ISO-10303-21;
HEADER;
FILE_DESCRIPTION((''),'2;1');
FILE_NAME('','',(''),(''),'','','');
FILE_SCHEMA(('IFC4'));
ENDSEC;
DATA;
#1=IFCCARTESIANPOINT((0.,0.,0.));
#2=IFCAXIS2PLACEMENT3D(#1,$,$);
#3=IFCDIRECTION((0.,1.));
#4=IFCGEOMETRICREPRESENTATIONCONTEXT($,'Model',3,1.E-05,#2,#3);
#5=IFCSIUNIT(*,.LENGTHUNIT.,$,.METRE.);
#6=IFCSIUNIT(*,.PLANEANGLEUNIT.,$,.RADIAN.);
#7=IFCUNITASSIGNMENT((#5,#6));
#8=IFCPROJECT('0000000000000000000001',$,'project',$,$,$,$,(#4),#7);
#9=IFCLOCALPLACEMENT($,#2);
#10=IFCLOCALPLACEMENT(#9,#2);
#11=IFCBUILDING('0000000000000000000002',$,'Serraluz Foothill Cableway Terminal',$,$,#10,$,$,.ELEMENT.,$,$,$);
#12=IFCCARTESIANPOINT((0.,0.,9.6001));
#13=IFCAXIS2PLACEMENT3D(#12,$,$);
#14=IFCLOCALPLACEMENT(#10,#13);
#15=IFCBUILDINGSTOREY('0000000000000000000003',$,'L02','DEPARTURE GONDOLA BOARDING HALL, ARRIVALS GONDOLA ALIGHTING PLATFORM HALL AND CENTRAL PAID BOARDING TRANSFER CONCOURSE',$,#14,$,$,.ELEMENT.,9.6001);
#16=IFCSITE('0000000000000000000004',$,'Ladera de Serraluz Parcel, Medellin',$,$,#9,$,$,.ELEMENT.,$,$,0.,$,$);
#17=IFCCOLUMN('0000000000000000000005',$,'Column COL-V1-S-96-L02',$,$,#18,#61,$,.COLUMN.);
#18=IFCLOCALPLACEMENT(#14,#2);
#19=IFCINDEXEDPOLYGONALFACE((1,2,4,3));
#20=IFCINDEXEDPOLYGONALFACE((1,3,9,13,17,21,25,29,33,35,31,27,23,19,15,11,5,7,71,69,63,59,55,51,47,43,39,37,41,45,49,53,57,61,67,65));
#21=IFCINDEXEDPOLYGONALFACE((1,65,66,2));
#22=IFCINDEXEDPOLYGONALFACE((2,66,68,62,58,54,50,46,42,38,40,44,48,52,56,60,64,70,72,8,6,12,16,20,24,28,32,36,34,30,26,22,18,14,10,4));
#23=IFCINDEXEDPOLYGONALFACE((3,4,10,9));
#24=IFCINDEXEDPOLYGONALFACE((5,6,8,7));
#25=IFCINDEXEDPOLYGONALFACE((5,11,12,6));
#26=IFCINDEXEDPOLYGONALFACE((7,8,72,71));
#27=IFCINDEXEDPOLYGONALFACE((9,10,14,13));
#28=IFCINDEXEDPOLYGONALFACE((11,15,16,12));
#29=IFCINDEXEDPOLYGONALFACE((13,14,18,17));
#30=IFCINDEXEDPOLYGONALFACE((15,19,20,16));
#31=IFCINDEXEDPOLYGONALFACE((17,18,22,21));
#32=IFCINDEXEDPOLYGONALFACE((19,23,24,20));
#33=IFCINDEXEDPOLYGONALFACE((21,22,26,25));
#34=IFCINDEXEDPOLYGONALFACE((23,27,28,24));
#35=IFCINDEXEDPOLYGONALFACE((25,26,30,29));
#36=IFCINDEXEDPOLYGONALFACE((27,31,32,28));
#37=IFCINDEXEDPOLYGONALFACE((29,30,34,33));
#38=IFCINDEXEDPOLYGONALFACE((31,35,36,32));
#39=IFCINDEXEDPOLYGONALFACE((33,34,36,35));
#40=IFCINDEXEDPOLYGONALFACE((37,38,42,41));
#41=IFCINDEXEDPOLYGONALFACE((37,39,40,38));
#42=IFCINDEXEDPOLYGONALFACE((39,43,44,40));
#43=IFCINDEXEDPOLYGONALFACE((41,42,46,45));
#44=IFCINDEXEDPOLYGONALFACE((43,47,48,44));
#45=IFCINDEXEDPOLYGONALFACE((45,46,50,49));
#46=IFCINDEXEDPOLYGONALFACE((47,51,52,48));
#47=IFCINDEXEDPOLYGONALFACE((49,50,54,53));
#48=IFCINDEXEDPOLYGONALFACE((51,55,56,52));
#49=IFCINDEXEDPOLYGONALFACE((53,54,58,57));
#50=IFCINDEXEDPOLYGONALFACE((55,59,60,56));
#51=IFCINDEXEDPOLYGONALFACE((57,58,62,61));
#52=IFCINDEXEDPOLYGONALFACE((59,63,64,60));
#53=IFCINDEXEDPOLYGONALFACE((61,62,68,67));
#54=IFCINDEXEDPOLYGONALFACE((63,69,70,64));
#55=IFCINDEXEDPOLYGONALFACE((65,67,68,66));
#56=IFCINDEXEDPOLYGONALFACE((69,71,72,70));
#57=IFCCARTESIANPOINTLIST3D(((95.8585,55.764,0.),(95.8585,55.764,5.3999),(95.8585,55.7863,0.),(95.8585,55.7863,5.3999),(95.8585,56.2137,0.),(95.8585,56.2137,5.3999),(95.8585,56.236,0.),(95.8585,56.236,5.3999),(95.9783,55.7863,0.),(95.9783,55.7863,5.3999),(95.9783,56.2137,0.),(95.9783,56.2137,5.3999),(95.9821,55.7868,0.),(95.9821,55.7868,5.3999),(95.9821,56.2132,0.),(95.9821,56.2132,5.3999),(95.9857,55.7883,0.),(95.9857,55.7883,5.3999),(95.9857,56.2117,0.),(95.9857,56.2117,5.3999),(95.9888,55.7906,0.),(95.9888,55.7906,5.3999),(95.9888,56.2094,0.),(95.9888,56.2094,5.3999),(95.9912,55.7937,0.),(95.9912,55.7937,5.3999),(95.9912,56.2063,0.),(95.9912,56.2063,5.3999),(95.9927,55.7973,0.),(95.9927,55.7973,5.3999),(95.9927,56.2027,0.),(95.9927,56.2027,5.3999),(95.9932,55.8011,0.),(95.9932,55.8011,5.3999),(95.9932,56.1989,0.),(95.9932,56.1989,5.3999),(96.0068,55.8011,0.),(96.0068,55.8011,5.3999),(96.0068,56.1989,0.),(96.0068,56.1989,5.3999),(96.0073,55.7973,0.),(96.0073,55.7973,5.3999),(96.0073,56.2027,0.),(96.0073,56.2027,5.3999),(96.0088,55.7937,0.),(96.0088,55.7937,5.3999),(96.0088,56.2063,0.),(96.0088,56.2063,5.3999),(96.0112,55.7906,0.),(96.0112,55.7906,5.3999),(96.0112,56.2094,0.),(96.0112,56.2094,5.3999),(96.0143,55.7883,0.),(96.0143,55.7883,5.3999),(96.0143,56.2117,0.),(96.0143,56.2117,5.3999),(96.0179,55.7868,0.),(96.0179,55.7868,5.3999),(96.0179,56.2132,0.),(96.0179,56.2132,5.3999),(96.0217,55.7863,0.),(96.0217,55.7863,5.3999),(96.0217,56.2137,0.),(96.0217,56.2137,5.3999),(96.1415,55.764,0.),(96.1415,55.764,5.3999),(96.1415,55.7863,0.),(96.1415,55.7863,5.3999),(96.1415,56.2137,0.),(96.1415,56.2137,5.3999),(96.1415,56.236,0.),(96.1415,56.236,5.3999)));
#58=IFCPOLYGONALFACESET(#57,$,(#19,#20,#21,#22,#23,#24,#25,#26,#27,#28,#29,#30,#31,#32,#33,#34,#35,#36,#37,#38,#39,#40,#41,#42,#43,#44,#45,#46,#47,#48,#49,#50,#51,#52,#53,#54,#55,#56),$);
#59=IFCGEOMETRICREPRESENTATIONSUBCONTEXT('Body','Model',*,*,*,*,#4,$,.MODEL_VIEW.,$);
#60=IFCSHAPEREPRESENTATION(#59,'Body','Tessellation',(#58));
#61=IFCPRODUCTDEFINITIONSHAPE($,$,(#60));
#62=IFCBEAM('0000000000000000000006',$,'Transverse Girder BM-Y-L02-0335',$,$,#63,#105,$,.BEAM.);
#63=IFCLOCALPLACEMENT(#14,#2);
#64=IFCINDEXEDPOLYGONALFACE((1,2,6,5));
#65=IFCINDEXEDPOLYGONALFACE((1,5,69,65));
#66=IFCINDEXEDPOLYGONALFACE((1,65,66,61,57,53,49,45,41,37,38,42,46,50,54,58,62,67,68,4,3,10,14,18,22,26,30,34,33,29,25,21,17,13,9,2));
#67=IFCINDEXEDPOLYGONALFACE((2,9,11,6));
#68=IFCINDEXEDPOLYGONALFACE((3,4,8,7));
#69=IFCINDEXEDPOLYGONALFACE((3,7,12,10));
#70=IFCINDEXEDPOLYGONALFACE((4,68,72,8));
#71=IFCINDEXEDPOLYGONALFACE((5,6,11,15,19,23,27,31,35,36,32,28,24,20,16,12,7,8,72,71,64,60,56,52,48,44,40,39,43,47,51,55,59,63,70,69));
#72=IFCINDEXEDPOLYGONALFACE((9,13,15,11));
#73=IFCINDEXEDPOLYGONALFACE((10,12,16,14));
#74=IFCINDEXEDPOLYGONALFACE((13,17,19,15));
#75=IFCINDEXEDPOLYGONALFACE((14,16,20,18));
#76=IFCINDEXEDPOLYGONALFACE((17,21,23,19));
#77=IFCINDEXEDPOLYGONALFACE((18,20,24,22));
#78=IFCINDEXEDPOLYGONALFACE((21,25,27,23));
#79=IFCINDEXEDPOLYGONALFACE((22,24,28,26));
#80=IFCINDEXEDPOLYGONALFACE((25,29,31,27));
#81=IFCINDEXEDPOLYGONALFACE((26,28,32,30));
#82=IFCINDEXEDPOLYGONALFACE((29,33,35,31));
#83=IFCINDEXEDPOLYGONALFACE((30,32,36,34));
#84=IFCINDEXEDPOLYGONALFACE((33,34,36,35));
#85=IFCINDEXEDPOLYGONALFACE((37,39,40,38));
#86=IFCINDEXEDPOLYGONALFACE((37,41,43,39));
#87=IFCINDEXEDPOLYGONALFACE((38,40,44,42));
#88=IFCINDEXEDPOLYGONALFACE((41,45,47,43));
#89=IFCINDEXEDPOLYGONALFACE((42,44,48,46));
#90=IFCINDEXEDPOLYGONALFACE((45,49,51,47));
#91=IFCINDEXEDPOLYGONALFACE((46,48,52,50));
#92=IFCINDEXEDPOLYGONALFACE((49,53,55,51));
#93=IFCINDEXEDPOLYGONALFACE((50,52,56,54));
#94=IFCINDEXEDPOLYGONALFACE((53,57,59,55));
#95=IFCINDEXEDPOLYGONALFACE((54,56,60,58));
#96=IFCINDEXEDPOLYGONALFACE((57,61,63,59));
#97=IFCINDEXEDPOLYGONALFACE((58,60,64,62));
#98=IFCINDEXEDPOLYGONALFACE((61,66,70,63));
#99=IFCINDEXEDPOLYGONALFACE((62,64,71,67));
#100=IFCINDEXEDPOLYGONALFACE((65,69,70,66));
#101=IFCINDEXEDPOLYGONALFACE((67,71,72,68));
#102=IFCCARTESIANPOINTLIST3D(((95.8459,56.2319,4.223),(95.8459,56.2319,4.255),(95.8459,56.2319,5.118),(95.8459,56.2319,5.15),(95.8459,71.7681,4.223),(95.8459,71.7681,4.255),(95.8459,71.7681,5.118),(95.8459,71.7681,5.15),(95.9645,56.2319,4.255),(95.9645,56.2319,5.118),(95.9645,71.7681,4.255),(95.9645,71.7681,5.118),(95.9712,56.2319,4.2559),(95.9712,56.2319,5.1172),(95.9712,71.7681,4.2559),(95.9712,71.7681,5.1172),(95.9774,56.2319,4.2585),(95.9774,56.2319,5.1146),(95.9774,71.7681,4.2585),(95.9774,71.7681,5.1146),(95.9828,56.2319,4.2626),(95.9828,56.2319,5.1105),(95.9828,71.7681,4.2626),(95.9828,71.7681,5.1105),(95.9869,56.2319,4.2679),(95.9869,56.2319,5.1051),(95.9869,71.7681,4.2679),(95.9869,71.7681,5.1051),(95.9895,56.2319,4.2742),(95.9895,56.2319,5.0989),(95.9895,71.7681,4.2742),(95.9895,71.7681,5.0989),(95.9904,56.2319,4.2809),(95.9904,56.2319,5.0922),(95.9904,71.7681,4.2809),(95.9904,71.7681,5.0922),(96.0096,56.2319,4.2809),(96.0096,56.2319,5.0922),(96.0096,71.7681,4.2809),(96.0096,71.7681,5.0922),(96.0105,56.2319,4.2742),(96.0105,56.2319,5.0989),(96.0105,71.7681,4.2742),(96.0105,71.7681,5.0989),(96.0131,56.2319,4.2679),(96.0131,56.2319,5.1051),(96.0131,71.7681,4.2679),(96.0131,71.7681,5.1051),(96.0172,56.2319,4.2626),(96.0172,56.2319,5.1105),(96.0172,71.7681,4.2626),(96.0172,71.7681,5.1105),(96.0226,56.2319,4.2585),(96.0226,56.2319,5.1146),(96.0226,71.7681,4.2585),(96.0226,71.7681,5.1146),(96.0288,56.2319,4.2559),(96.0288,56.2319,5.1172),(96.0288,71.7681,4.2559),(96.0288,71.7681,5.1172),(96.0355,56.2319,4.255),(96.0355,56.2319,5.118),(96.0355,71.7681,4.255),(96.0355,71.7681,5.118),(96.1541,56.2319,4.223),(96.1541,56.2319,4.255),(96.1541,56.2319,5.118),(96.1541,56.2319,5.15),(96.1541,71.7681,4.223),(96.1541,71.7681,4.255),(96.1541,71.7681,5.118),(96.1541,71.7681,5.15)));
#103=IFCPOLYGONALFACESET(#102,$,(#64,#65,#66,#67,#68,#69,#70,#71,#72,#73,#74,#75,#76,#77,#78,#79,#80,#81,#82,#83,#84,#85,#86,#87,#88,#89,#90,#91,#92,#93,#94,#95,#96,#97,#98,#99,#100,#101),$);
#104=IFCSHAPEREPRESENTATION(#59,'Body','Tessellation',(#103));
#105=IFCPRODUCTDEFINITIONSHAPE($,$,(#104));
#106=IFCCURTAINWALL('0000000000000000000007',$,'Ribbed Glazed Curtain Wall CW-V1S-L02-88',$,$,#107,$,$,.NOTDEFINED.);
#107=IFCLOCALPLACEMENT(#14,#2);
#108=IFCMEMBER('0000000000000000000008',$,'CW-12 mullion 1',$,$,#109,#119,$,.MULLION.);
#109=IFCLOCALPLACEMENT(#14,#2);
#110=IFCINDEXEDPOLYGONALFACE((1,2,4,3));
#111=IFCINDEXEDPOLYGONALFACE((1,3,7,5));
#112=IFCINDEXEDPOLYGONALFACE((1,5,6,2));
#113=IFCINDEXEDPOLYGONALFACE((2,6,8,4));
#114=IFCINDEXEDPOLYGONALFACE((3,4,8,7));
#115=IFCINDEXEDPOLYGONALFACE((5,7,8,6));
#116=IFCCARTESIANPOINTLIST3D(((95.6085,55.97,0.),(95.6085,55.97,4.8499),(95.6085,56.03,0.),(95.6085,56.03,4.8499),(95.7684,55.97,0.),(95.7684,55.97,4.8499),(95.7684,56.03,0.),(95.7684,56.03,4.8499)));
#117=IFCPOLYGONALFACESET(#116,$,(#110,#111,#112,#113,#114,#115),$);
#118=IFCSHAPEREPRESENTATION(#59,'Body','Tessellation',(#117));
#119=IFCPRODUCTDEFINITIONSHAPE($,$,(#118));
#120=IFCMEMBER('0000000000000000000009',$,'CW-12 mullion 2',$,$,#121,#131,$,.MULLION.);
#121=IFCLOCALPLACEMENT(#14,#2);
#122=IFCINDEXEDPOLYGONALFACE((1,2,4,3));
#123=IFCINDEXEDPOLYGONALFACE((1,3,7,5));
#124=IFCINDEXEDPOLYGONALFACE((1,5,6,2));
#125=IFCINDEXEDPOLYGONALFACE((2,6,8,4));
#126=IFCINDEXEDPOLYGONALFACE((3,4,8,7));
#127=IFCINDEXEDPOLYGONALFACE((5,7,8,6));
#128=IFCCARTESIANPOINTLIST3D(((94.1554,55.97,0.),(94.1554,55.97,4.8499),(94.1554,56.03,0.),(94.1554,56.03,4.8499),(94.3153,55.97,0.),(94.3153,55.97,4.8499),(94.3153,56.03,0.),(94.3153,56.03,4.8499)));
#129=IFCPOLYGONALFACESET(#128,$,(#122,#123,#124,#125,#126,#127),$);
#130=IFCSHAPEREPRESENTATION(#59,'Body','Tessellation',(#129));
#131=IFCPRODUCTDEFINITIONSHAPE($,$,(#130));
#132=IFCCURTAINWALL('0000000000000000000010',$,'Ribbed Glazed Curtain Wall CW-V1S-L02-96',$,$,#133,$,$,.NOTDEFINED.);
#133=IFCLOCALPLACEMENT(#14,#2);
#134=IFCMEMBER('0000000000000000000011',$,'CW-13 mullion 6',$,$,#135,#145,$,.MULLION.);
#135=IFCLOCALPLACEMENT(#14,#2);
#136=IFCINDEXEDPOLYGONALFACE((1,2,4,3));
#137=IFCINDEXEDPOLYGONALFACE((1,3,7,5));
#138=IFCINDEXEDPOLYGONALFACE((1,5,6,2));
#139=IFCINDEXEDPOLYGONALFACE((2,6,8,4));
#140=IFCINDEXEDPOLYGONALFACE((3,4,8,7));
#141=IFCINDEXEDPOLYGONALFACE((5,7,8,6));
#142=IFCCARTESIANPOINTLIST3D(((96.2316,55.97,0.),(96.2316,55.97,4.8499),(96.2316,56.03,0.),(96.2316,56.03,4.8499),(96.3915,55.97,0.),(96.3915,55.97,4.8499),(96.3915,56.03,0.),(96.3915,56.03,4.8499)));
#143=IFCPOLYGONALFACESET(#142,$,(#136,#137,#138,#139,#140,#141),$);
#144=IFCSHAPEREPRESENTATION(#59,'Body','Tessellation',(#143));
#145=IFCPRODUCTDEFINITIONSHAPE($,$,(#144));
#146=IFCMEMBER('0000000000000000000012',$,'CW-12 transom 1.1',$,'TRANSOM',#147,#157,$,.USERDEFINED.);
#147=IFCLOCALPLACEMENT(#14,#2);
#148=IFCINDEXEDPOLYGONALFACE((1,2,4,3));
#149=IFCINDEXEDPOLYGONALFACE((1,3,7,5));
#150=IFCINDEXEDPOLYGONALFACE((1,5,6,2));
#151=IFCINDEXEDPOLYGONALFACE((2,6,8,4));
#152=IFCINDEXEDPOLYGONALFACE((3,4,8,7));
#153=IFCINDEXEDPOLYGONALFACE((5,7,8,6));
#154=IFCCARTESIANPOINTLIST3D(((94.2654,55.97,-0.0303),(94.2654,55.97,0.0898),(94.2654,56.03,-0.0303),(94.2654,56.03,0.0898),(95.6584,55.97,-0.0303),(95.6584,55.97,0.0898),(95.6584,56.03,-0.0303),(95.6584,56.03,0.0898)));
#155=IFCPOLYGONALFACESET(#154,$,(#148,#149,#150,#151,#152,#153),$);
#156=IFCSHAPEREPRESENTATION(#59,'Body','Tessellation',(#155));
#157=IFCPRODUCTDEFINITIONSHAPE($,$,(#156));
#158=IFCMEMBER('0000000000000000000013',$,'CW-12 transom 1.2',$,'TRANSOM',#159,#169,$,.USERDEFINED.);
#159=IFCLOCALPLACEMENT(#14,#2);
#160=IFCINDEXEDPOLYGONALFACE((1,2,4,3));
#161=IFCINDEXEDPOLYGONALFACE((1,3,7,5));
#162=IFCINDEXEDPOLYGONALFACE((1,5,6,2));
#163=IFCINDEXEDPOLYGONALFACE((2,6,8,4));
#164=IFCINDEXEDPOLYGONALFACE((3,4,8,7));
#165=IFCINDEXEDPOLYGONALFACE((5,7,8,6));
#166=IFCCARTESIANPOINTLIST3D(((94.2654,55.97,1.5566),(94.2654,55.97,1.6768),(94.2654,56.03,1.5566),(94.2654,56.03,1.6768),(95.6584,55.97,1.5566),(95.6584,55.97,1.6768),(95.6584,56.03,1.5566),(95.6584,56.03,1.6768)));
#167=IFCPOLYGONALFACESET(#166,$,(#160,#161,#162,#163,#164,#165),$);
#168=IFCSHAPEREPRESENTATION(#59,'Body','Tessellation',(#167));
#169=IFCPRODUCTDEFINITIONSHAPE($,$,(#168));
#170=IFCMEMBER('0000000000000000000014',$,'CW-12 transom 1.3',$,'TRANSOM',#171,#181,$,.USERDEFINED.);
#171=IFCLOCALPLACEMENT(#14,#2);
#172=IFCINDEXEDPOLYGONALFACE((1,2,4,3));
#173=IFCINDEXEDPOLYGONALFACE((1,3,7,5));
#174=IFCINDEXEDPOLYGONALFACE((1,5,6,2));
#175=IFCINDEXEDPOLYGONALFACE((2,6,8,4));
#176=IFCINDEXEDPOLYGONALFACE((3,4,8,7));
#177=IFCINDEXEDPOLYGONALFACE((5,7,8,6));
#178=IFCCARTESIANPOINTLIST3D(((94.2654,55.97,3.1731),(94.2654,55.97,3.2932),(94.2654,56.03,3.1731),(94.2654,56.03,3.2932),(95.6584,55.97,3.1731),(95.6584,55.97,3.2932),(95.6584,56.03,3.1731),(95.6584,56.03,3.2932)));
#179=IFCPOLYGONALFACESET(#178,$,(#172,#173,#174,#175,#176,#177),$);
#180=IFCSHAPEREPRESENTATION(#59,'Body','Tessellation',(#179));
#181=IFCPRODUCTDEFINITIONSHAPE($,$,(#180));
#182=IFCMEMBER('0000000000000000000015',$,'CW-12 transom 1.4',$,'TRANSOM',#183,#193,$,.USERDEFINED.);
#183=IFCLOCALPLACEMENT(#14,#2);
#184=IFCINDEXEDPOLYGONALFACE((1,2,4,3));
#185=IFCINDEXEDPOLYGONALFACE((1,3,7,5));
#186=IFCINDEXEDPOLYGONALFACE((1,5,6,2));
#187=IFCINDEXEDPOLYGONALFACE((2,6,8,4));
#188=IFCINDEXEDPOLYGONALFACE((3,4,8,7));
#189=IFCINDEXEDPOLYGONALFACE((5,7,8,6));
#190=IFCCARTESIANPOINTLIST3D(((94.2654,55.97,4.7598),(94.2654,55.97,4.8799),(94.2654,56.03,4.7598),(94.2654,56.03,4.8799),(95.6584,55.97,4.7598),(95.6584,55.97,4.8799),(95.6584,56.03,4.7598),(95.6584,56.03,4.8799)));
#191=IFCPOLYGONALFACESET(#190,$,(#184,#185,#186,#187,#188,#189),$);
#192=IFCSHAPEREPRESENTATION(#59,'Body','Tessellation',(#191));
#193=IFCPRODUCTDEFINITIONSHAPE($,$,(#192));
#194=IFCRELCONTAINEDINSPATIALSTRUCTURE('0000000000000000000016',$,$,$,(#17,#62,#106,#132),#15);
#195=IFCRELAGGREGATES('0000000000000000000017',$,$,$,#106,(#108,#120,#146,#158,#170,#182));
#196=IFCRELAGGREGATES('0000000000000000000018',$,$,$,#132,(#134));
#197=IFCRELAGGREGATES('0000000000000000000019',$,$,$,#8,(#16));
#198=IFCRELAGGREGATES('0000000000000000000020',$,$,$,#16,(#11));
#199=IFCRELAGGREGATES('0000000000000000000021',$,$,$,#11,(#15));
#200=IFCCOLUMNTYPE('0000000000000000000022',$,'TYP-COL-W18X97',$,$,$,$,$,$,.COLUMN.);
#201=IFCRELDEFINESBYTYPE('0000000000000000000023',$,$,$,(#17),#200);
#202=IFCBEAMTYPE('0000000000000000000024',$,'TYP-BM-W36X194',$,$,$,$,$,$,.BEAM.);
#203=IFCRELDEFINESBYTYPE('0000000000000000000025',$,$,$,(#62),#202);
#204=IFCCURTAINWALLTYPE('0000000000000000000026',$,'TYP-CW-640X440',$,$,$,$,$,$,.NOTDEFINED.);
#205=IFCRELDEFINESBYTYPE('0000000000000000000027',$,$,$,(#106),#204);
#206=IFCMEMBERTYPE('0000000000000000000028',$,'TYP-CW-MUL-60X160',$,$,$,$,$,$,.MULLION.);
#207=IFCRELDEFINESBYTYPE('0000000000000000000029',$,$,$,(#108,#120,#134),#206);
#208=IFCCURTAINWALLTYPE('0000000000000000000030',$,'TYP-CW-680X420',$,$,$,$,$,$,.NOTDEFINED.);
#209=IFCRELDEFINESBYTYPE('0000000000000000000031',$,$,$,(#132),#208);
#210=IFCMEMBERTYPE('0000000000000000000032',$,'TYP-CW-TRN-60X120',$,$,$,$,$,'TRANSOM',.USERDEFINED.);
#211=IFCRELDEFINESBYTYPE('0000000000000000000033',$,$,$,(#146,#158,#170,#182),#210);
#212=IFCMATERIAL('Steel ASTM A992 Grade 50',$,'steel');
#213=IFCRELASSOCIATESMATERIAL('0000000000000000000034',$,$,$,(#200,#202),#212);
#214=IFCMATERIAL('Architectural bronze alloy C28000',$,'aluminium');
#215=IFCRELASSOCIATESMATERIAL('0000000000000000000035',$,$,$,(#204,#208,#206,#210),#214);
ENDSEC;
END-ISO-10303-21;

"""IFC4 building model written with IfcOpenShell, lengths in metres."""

from ifc_helpers import new_model, si_unit, direction, frame, origin, origin_2d, place, context, subcontext, project, spatial, rectangle, i_section, extrude, material, material_profile, profile_set, type_object, element, aggregate, save


model = new_model("IFC4")

# Units and contexts
model_context = context("Model", 3, precision=1e-05, world=origin(), true_north=direction((0.0, 1.0)))
body_context = subcontext(model_context, "Body", "Model", "MODEL_VIEW")
ifc_project = project(units=[si_unit("LENGTHUNIT", "METRE"), si_unit("PLANEANGLEUNIT", "RADIAN")], contexts=[model_context])

# Site, building, storey
site_placement = place(None, origin())
site = spatial("IfcSite", under=ifc_project, at=site_placement, Name="Ladera de Serraluz Parcel, Medellin", CompositionType="ELEMENT", RefElevation=0.0)
building_placement = place(site_placement, origin())
building = spatial("IfcBuilding", under=site, at=building_placement, Name="Serraluz Foothill Cableway Terminal", CompositionType="ELEMENT")
storey_placement = place(building_placement, frame((0.0, 0.0, 9.6001)))
storey = spatial("IfcBuildingStorey", under=building, at=storey_placement, Name="L02", Description="DEPARTURE GONDOLA BOARDING HALL, ARRIVALS GONDOLA ALIGHTING PLATFORM HALL AND CENTRAL PAID BOARDING TRANSFER CONCOURSE", CompositionType="ELEMENT", Elevation=9.6001)

# Column
ifc_material_1 = material(Name="Steel ASTM A992 Grade 50", Category="steel")
ifc_material_profile_1 = material_profile(ifc_material_1, i_section(OverallWidth=0.283, OverallDepth=0.4719, WebThickness=0.0137, FlangeThickness=0.0222, FilletRadius=0.0149, at=origin_2d()), Name="W18X97")
ifc_profile_set_1 = profile_set([ifc_material_profile_1], Name="Steel ASTM A992 Grade 50")
column_type = type_object("IfcColumnType", Name="TYP-COL-W18X97", PredefinedType="COLUMN", material=ifc_profile_set_1)
column_placement = place(storey_placement, frame((96.0, 56.0, 0.0), z_axis=(0.0, 0.0, 1.0), x_axis=(1.0, 0.0, 0.0)))
element("IfcColumn", 1, at=column_placement, inside=storey, type_object=column_type, Name="Column COL-V1-S-96-L02", PredefinedType="COLUMN", context=body_context, shape_type="SweptSolid", body=[
    extrude(i_section(OverallWidth=0.283, OverallDepth=0.4719, WebThickness=0.0137, FlangeThickness=0.0222, FilletRadius=0.0149, at=origin_2d()), origin(), (0.0, 0.0, 1.0), 5.3999),
])

# Beam
ifc_material_profile_2 = material_profile(ifc_material_1, i_section(OverallWidth=0.3081, OverallDepth=0.927, WebThickness=0.0193, FlangeThickness=0.032, FilletRadius=0.0259, at=origin_2d()), Name="W36X194")
ifc_profile_set_2 = profile_set([ifc_material_profile_2], Name="Steel ASTM A992 Grade 50")
beam_type = type_object("IfcBeamType", Name="TYP-BM-W36X194", PredefinedType="BEAM", material=ifc_profile_set_2)
beam_placement = place(storey_placement, frame((96.0, 56.2319, 4.6865), z_axis=(0.0, 1.0, 0.0), x_axis=(-1.0, 0.0, 0.0)))
element("IfcBeam", 2, at=beam_placement, inside=storey, type_object=beam_type, Name="Transverse Girder BM-Y-L02-0335", PredefinedType="BEAM", context=body_context, shape_type="SweptSolid", body=[
    extrude(i_section(OverallWidth=0.3081, OverallDepth=0.927, WebThickness=0.0193, FlangeThickness=0.032, FilletRadius=0.0259, at=origin_2d()), origin(), (0.0, 0.0, 1.0), 15.5361),
])

# Curtain wall, members
ifc_material_2 = material(Name="Architectural bronze alloy C28000", Category="aluminium")
curtain_wall_type_1 = type_object("IfcCurtainWallType", Name="TYP-CW-640X440", PredefinedType="NOTDEFINED", material=ifc_material_2)
curtain_wall_1_placement = place(storey_placement, origin())
curtain_wall_1 = element("IfcCurtainWall", 3, at=curtain_wall_1_placement, inside=storey, type_object=curtain_wall_type_1, Name="Ribbed Glazed Curtain Wall CW-V1S-L02-88", PredefinedType="NOTDEFINED")
ifc_material_profile_3 = material_profile(ifc_material_2, rectangle(XDim=0.0601, YDim=0.1599, at=origin_2d()), Name="ALU MULLION 60x160")
ifc_profile_set_3 = profile_set([ifc_material_profile_3], Name="Architectural bronze alloy C28000")
member_type_1 = type_object("IfcMemberType", Name="TYP-CW-MUL-60X160", PredefinedType="MULLION", material=ifc_profile_set_3)
member_1_placement = place(storey_placement, frame((95.6885, 56.0, 0.0), z_axis=(0.0, 0.0, 1.0), x_axis=(0.0, -1.0, 0.0)))
member_1 = element("IfcMember", 4, at=member_1_placement, type_object=member_type_1, Name="CW-12 mullion 1", PredefinedType="MULLION", context=body_context, shape_type="SweptSolid", body=[
    extrude(rectangle(XDim=0.0601, YDim=0.1599, at=origin_2d()), origin(), (0.0, 0.0, 1.0), 4.8499),
])
member_2_placement = place(storey_placement, frame((94.2354, 56.0, 0.0), z_axis=(0.0, 0.0, 1.0), x_axis=(0.0, -1.0, 0.0)))
member_2 = element("IfcMember", 5, at=member_2_placement, type_object=member_type_1, Name="CW-12 mullion 2", PredefinedType="MULLION", context=body_context, shape_type="SweptSolid", body=[
    extrude(rectangle(XDim=0.0601, YDim=0.1599, at=origin_2d()), origin(), (0.0, 0.0, 1.0), 4.8499),
])

# Curtain wall, member
curtain_wall_type_2 = type_object("IfcCurtainWallType", Name="TYP-CW-680X420", PredefinedType="NOTDEFINED", material=ifc_material_2)
curtain_wall_2_placement = place(storey_placement, origin())
curtain_wall_2 = element("IfcCurtainWall", 6, at=curtain_wall_2_placement, inside=storey, type_object=curtain_wall_type_2, Name="Ribbed Glazed Curtain Wall CW-V1S-L02-96", PredefinedType="NOTDEFINED")
member_3_placement = place(storey_placement, frame((96.3115, 56.0, 0.0), z_axis=(0.0, 0.0, 1.0), x_axis=(0.0, -1.0, 0.0)))
member_3 = element("IfcMember", 7, at=member_3_placement, type_object=member_type_1, Name="CW-13 mullion 6", PredefinedType="MULLION", context=body_context, shape_type="SweptSolid", body=[
    extrude(rectangle(XDim=0.0601, YDim=0.1599, at=origin_2d()), origin(), (0.0, 0.0, 1.0), 4.8499),
])

# Members
ifc_material_profile_4 = material_profile(ifc_material_2, rectangle(XDim=0.0601, YDim=0.1201, at=origin_2d()), Name="ALU TRANSOM 60x120")
ifc_profile_set_4 = profile_set([ifc_material_profile_4], Name="Architectural bronze alloy C28000")
member_type_2 = type_object("IfcMemberType", Name="TYP-CW-TRN-60X120", ElementType="TRANSOM", PredefinedType="USERDEFINED", material=ifc_profile_set_4)
member_4_placement = place(storey_placement, frame((95.6584, 56.0, 0.0298), z_axis=(-1.0, 0.0, 0.0), x_axis=(0.0, -1.0, 0.0)))
member_4 = element("IfcMember", 8, at=member_4_placement, type_object=member_type_2, Name="CW-12 transom 1.1", ObjectType="TRANSOM", PredefinedType="USERDEFINED", context=body_context, shape_type="SweptSolid", body=[
    extrude(rectangle(XDim=0.0601, YDim=0.1201, at=origin_2d()), origin(), (0.0, 0.0, 1.0), 1.3931),
])
member_5_placement = place(storey_placement, frame((95.6584, 56.0, 1.6167), z_axis=(-1.0, 0.0, 0.0), x_axis=(0.0, -1.0, 0.0)))
member_5 = element("IfcMember", 9, at=member_5_placement, type_object=member_type_2, Name="CW-12 transom 1.2", ObjectType="TRANSOM", PredefinedType="USERDEFINED", context=body_context, shape_type="SweptSolid", body=[
    extrude(rectangle(XDim=0.0601, YDim=0.1201, at=origin_2d()), origin(), (0.0, 0.0, 1.0), 1.3931),
])
member_6_placement = place(storey_placement, frame((95.6584, 56.0, 3.2332), z_axis=(-1.0, 0.0, 0.0), x_axis=(0.0, -1.0, 0.0)))
member_6 = element("IfcMember", 10, at=member_6_placement, type_object=member_type_2, Name="CW-12 transom 1.3", ObjectType="TRANSOM", PredefinedType="USERDEFINED", context=body_context, shape_type="SweptSolid", body=[
    extrude(rectangle(XDim=0.0601, YDim=0.1201, at=origin_2d()), origin(), (0.0, 0.0, 1.0), 1.3931),
])
member_7_placement = place(storey_placement, frame((95.6584, 56.0, 4.8198), z_axis=(-1.0, 0.0, 0.0), x_axis=(0.0, -1.0, 0.0)))
member_7 = element("IfcMember", 11, at=member_7_placement, type_object=member_type_2, Name="CW-12 transom 1.4", ObjectType="TRANSOM", PredefinedType="USERDEFINED", context=body_context, shape_type="SweptSolid", body=[
    extrude(rectangle(XDim=0.0601, YDim=0.1201, at=origin_2d()), origin(), (0.0, 0.0, 1.0), 1.3931),
])

aggregate(curtain_wall_1, [member_1, member_2, member_4, member_5, member_6, member_7])
aggregate(curtain_wall_2, [member_3])

save(model, "model.ifc")
